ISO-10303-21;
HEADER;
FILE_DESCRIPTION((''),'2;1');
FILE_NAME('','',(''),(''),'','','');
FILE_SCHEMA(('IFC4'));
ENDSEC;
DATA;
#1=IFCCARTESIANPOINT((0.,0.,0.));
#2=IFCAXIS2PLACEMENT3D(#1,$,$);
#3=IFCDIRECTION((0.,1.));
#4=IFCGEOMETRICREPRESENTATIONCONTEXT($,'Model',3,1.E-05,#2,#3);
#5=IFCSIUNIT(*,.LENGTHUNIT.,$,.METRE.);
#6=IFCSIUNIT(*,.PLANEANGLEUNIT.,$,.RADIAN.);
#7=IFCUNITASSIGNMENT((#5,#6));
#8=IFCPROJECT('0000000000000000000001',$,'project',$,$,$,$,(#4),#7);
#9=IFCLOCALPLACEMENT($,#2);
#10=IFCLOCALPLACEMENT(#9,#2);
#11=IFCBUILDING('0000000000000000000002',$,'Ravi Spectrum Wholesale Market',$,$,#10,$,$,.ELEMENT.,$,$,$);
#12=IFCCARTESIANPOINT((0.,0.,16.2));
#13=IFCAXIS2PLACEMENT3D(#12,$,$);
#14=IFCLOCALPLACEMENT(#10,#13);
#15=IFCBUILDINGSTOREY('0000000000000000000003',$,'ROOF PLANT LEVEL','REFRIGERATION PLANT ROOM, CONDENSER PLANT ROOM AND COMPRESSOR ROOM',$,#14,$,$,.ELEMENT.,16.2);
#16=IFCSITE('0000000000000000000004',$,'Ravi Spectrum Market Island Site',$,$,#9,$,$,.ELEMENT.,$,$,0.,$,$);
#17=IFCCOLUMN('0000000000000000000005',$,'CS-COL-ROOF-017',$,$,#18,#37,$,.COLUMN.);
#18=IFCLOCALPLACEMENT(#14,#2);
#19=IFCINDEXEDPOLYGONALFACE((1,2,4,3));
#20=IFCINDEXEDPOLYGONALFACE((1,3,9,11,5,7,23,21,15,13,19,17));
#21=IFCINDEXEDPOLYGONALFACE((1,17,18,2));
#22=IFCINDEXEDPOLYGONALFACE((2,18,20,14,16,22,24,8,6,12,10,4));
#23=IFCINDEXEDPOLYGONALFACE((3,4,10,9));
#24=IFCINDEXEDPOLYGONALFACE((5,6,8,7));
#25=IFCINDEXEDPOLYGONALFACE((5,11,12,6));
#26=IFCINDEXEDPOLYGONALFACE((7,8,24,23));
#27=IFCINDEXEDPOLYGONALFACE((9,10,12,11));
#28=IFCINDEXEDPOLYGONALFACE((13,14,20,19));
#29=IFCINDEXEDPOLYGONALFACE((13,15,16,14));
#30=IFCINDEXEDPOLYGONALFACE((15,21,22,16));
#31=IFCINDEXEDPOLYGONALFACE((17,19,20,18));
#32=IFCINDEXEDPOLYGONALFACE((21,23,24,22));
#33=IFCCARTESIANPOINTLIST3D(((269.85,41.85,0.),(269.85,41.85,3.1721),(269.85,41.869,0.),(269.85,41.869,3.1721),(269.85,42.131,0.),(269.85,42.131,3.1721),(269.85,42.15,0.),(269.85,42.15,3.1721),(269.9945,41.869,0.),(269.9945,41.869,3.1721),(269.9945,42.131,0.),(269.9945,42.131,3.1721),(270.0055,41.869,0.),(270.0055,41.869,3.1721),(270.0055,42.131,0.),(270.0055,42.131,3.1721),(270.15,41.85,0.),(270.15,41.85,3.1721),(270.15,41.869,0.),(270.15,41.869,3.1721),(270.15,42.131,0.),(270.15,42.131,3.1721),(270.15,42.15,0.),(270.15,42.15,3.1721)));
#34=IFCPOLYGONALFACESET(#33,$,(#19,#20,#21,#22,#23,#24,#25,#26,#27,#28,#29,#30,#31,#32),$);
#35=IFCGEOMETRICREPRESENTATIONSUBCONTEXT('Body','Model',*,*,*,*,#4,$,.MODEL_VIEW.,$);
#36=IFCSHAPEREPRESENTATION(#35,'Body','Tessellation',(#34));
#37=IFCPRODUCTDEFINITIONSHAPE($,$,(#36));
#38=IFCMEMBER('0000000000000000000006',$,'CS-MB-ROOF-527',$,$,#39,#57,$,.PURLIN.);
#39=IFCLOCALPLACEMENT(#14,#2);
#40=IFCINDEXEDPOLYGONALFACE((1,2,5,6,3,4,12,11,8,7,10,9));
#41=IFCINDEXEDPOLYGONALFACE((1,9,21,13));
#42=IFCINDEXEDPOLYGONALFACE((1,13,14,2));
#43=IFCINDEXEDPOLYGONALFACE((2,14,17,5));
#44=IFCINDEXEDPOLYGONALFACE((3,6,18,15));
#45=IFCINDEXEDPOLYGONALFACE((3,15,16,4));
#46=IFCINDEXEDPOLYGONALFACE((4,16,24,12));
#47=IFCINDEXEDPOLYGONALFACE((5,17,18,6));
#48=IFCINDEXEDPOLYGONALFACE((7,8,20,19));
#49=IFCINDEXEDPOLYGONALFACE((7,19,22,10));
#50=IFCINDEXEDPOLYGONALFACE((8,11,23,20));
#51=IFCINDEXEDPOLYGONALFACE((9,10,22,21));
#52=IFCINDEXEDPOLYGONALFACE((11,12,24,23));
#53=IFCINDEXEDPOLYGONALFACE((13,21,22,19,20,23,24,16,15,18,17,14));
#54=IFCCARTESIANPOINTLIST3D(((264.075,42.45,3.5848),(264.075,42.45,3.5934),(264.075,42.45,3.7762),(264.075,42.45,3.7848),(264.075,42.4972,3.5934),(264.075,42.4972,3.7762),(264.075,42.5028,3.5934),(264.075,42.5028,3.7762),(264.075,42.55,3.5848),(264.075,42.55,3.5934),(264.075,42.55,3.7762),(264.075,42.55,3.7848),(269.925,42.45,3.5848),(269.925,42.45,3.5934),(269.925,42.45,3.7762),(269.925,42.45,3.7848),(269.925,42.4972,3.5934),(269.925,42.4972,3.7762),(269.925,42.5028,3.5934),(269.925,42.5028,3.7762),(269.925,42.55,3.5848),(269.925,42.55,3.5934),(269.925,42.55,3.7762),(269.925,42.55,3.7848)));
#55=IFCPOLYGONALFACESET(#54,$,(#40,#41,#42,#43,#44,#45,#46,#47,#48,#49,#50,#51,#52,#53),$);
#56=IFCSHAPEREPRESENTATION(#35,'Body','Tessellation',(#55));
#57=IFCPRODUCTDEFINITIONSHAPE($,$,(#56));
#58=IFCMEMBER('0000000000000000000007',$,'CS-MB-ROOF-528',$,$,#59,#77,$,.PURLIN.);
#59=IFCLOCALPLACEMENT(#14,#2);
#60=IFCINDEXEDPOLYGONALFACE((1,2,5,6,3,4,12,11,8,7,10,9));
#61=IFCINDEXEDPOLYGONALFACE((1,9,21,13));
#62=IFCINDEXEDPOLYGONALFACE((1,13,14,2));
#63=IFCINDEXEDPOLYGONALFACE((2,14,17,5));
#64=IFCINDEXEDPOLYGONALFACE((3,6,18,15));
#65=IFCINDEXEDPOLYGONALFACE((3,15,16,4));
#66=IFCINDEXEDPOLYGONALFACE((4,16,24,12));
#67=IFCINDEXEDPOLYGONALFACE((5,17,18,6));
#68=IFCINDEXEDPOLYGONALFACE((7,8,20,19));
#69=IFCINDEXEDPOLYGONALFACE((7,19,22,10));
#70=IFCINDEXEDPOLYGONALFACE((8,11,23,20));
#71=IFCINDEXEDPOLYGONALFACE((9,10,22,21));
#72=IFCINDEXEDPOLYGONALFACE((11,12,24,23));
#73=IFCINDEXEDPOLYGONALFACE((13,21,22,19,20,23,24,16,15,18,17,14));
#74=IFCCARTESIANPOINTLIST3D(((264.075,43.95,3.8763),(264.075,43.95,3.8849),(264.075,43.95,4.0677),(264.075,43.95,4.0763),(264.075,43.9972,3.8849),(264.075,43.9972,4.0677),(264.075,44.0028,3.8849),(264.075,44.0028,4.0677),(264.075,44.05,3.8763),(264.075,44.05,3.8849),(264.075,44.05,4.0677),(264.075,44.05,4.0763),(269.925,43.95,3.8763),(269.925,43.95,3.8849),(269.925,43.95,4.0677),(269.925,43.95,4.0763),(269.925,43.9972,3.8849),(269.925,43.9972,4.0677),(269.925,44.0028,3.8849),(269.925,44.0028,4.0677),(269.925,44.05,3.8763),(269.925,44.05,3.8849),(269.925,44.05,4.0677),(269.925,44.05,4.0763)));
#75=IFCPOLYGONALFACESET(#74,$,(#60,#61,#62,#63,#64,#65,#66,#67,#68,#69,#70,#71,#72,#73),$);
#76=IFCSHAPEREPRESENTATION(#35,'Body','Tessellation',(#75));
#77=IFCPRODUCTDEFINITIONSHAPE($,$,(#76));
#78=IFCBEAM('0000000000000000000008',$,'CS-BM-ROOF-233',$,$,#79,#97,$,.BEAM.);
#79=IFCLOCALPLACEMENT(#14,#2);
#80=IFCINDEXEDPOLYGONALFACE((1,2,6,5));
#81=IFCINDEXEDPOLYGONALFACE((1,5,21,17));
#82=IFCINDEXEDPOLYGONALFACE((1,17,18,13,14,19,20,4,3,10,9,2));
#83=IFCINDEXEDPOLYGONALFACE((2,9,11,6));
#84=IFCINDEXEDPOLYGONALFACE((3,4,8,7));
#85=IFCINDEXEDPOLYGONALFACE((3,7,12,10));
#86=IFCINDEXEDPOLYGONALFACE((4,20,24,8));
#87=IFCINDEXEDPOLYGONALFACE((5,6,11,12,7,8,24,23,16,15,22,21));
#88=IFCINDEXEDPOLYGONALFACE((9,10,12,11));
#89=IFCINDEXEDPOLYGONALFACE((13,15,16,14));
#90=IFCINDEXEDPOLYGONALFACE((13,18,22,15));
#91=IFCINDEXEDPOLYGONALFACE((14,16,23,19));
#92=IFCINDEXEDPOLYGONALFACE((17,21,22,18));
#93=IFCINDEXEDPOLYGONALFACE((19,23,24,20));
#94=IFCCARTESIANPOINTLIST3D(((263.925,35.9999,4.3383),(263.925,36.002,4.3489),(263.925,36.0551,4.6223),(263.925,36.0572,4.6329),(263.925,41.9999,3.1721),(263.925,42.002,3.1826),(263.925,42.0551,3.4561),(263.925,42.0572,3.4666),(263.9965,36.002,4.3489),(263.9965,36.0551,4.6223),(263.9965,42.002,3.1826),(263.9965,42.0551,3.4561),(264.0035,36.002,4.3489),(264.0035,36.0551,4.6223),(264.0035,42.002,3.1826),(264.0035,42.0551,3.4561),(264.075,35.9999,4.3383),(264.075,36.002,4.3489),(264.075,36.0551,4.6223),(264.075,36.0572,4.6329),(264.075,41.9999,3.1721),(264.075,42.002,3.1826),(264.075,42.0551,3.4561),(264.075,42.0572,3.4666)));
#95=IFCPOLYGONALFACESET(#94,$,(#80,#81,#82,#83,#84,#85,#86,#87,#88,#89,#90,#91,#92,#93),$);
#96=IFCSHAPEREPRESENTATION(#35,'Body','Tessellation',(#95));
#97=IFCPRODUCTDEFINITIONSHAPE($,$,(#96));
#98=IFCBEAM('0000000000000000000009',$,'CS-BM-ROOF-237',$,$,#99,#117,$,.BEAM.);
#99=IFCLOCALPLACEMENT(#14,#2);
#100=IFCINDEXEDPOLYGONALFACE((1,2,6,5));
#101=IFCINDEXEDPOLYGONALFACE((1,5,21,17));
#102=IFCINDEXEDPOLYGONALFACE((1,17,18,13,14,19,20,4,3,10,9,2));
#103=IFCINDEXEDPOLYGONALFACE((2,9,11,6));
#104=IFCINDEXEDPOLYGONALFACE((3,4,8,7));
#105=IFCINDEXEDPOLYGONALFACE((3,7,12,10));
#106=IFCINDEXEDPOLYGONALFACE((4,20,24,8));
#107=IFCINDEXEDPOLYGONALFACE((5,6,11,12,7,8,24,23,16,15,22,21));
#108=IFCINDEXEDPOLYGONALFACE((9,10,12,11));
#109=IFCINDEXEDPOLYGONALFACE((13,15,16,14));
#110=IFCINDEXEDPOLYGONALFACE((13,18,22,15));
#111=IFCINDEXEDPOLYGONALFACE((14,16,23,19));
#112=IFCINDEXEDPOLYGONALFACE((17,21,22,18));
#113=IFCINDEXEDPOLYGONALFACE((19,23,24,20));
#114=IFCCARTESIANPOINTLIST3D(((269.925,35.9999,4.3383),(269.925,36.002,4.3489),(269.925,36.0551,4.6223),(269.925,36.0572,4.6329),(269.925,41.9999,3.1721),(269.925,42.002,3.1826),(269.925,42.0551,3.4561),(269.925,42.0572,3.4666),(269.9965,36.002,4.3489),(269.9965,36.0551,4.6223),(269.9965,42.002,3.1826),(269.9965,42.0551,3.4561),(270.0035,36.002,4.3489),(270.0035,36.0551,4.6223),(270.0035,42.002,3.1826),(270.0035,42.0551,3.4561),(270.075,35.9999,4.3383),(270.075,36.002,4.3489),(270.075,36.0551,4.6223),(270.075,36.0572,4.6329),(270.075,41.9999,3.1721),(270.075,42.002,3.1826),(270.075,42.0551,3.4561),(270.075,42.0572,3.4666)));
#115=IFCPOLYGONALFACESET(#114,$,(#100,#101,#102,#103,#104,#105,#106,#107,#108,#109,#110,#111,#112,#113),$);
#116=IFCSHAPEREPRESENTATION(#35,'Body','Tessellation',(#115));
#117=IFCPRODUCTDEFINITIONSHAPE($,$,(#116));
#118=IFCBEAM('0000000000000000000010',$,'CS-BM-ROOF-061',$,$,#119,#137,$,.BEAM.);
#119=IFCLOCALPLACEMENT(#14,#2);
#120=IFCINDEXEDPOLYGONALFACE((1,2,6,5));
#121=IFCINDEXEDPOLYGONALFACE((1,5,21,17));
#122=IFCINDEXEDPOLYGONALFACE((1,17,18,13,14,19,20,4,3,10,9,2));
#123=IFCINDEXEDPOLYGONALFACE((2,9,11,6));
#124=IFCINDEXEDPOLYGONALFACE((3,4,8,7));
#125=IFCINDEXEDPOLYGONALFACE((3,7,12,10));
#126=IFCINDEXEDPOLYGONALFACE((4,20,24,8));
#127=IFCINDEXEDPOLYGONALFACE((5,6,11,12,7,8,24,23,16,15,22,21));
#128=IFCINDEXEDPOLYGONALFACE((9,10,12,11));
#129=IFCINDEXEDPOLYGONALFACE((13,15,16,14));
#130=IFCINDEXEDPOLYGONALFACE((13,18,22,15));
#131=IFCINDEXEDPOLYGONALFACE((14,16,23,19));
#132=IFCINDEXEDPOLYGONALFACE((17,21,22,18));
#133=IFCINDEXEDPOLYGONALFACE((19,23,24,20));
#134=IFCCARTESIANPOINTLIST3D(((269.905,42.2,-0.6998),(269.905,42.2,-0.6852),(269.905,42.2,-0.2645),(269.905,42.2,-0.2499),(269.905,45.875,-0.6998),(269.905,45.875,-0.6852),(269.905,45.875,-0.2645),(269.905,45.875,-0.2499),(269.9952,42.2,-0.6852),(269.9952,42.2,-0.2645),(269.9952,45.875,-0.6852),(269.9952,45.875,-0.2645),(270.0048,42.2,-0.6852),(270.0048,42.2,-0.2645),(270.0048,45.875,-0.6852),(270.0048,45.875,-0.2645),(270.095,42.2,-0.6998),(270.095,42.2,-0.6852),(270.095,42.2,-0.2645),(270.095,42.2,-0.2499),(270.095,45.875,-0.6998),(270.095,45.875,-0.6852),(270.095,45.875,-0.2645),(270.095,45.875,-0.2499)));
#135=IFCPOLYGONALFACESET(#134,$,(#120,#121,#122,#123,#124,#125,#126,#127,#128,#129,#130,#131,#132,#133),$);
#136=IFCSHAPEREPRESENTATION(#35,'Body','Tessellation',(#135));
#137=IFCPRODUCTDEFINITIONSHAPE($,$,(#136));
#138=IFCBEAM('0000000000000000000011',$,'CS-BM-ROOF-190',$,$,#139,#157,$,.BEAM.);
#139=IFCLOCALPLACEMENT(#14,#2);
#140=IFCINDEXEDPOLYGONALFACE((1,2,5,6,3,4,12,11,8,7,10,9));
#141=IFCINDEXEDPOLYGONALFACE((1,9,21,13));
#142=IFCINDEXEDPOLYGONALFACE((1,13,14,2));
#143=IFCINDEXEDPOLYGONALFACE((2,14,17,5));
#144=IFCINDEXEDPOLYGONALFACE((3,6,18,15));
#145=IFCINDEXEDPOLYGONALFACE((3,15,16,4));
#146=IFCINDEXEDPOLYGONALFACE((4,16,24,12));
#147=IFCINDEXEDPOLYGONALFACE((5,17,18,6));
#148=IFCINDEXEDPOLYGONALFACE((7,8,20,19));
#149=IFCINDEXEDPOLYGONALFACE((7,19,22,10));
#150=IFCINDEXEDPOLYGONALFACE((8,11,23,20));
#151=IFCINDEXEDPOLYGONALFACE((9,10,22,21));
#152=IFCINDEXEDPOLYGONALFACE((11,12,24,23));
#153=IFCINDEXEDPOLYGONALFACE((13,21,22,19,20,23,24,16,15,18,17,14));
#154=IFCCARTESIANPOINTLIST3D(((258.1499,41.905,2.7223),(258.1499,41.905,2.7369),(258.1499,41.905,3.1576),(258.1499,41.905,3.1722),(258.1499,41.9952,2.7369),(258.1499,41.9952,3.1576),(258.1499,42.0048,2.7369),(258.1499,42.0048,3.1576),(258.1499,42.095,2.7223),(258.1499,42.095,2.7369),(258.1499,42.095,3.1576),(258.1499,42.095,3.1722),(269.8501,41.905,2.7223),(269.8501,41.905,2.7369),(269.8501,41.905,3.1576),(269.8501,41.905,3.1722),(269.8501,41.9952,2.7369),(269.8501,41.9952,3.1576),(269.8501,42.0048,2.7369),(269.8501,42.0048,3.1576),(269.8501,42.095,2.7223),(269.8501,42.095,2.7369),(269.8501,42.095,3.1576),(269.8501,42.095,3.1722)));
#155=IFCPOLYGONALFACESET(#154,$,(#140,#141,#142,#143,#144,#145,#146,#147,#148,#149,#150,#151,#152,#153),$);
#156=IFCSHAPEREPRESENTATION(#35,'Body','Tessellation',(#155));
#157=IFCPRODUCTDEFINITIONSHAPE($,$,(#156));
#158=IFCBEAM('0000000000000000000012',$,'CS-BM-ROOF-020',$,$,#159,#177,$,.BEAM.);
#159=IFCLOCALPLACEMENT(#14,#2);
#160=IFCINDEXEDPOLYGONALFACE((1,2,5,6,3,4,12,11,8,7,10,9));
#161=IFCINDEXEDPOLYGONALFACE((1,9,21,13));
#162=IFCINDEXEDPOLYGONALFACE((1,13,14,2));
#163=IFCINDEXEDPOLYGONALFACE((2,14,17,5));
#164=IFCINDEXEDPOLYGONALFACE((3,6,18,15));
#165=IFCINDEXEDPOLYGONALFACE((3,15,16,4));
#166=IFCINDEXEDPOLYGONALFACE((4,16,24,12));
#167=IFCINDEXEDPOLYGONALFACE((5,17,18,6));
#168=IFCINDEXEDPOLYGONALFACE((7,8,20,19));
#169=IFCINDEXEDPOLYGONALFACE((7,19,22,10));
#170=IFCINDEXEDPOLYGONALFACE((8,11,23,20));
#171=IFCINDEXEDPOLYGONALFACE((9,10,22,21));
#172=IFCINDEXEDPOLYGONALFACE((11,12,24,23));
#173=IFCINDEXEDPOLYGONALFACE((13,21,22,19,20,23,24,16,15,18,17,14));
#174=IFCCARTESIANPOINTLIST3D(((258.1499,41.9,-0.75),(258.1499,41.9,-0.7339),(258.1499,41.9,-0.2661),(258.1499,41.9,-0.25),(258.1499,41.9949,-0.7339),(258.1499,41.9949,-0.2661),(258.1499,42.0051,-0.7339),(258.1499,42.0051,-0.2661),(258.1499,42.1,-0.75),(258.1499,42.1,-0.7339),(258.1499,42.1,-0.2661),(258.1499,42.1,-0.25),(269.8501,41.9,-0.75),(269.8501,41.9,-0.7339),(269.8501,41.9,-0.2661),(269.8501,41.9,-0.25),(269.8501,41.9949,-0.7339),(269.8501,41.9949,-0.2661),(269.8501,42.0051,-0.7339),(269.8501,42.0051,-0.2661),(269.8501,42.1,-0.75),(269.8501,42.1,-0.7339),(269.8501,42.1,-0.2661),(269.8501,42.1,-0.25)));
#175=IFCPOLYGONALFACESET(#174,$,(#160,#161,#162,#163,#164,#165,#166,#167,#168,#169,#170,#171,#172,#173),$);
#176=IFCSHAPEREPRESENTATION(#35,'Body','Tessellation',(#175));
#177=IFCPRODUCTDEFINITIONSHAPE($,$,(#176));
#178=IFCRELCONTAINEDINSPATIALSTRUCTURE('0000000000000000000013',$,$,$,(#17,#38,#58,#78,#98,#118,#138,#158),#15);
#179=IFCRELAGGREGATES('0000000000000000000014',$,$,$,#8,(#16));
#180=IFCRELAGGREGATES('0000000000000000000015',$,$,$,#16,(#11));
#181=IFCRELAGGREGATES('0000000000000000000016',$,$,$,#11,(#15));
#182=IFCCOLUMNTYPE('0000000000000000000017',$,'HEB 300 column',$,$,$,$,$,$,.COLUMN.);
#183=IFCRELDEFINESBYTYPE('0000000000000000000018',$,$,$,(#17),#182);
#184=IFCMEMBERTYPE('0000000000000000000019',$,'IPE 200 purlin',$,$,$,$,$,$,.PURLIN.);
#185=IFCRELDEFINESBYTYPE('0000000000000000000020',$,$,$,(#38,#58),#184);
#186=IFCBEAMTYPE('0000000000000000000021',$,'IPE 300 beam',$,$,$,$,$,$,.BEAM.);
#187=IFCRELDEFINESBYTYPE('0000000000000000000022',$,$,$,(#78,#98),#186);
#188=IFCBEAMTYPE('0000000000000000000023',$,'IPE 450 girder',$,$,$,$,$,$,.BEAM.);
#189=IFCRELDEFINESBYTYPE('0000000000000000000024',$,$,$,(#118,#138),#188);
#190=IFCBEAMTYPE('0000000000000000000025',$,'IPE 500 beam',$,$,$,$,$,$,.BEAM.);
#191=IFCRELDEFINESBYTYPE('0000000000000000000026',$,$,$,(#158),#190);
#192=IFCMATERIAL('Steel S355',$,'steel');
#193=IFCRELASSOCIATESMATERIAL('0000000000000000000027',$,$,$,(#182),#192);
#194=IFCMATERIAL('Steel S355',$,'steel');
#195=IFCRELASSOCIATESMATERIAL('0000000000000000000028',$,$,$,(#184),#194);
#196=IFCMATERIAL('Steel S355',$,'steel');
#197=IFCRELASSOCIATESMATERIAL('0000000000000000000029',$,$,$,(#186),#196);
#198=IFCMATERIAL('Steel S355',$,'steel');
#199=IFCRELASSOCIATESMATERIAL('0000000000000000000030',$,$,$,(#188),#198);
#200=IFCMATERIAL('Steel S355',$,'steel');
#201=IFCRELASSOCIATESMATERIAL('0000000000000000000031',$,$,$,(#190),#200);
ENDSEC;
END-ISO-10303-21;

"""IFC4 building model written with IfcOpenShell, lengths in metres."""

from ifc_helpers import new_model, si_unit, direction, frame, origin, origin_2d, place, context, subcontext, project, spatial, i_section, extrude, material, material_profile, profile_set, type_object, element, save


model = new_model("IFC4")

# Units and contexts
model_context = context("Model", 3, precision=1e-05, world=origin(), true_north=direction((0.0, 1.0)))
body_context = subcontext(model_context, "Body", "Model", "MODEL_VIEW")
ifc_project = project(units=[si_unit("LENGTHUNIT", "METRE"), si_unit("PLANEANGLEUNIT", "RADIAN")], contexts=[model_context])

# Site, building, storey
site_placement = place(None, origin())
site = spatial("IfcSite", under=ifc_project, at=site_placement, Name="Ravi Spectrum Market Island Site", CompositionType="ELEMENT", RefElevation=0.0)
building_placement = place(site_placement, origin())
building = spatial("IfcBuilding", under=site, at=building_placement, Name="Ravi Spectrum Wholesale Market", CompositionType="ELEMENT")
storey_placement = place(building_placement, frame((0.0, 0.0, 16.2)))
storey = spatial("IfcBuildingStorey", under=building, at=storey_placement, Name="ROOF PLANT LEVEL", Description="REFRIGERATION PLANT ROOM, CONDENSER PLANT ROOM AND COMPRESSOR ROOM", CompositionType="ELEMENT", Elevation=16.2)

# Column
ifc_material_1 = material(Name="Steel S355", Category="steel")
ifc_material_profile_1 = material_profile(ifc_material_1, i_section(OverallWidth=0.3, OverallDepth=0.3, WebThickness=0.011, FlangeThickness=0.019, at=origin_2d()))
ifc_profile_set_1 = profile_set([ifc_material_profile_1], Name="Steel S355")
column_type = type_object("IfcColumnType", Name="HEB 300 column", PredefinedType="COLUMN", material=ifc_profile_set_1)
column_placement = place(storey_placement, frame((270.0, 42.0, 0.0), z_axis=(0.0, 0.0, 1.0), x_axis=(1.0, 0.0, 0.0)))
element("IfcColumn", 1, at=column_placement, inside=storey, type_object=column_type, Name="CS-COL-ROOF-017", PredefinedType="COLUMN", context=body_context, shape_type="SweptSolid", body=[
    extrude(i_section(OverallWidth=0.3, OverallDepth=0.3, WebThickness=0.011, FlangeThickness=0.019, at=origin_2d()), origin(), (0.0, 0.0, 1.0), 3.1721),
])

# Members
ifc_material_2 = material(Name="Steel S355", Category="steel")
ifc_material_profile_2 = material_profile(ifc_material_2, i_section(OverallWidth=0.1001, OverallDepth=0.2, WebThickness=0.0056, FlangeThickness=0.0085, at=origin_2d()))
ifc_profile_set_2 = profile_set([ifc_material_profile_2], Name="Steel S355")
member_type_1 = type_object("IfcMemberType", Name="IPE 200 purlin", PredefinedType="PURLIN", material=ifc_profile_set_2)
for number, where, z_axis, x_axis, name in (
    (2, (264.075, 42.5, 3.6848), (1.0, 0.0, 0.0), (0.0, 1.0, 0.0), "CS-MB-ROOF-527"),
    (3, (264.075, 44.0, 3.9763), (1.0, 0.0, 0.0), (0.0, 1.0, 0.0), "CS-MB-ROOF-528"),
):
    element("IfcMember", number, at=place(storey_placement, frame(where, z_axis=z_axis, x_axis=x_axis)), inside=storey, type_object=member_type_1, Name=name, PredefinedType="PURLIN", context=body_context, shape_type="SweptSolid", body=[
        extrude(i_section(OverallWidth=0.1001, OverallDepth=0.2, WebThickness=0.0056, FlangeThickness=0.0085, at=origin_2d()), origin(), (0.0, 0.0, 1.0), 5.8501),
    ])

# Beams
ifc_material_3 = material(Name="Steel S355", Category="steel")
ifc_material_profile_3 = material_profile(ifc_material_3, i_section(OverallWidth=0.1499, OverallDepth=0.3, WebThickness=0.0071, FlangeThickness=0.0107, at=origin_2d()))
ifc_profile_set_3 = profile_set([ifc_material_profile_3], Name="Steel S355")
beam_type_1 = type_object("IfcBeamType", Name="IPE 300 beam", PredefinedType="BEAM", material=ifc_profile_set_3)
for number, where, z_axis, x_axis, name in (
    (4, (264.0, 42.0286, 3.3193), (0.0, -0.981628, 0.190806), (1.0, 0.0, 0.0), "CS-BM-ROOF-233"),
    (5, (270.0, 42.0286, 3.3193), (0.0, -0.981628, 0.190806), (1.0, 0.0, 0.0), "CS-BM-ROOF-237"),
):
    element("IfcBeam", number, at=place(storey_placement, frame(where, z_axis=z_axis, x_axis=x_axis)), inside=storey, type_object=beam_type_1, Name=name, PredefinedType="BEAM", context=body_context, shape_type="SweptSolid", body=[
        extrude(i_section(OverallWidth=0.1499, OverallDepth=0.3, WebThickness=0.0071, FlangeThickness=0.0107, at=origin_2d()), origin(), (0.0, 0.0, 1.0), 6.1123),
    ])
ifc_material_4 = material(Name="Steel S355", Category="steel")
ifc_material_profile_4 = material_profile(ifc_material_4, i_section(OverallWidth=0.1899, OverallDepth=0.45, WebThickness=0.0095, FlangeThickness=0.0146, at=origin_2d()))
ifc_profile_set_4 = profile_set([ifc_material_profile_4], Name="Steel S355")
beam_type_2 = type_object("IfcBeamType", Name="IPE 450 girder", PredefinedType="BEAM", material=ifc_profile_set_4)
beam_1_placement = place(storey_placement, frame((270.0, 42.2, -0.4749), z_axis=(0.0, 1.0, 0.0), x_axis=(-1.0, 0.0, 0.0)))
element("IfcBeam", 6, at=beam_1_placement, inside=storey, type_object=beam_type_2, Name="CS-BM-ROOF-061", PredefinedType="BEAM", context=body_context, shape_type="SweptSolid", body=[
    extrude(i_section(OverallWidth=0.1899, OverallDepth=0.45, WebThickness=0.0095, FlangeThickness=0.0146, at=origin_2d()), origin(), (0.0, 0.0, 1.0), 3.675),
])
beam_2_placement = place(storey_placement, frame((258.1499, 42.0, 2.9473), z_axis=(1.0, 0.0, 0.0), x_axis=(0.0, 1.0, 0.0)))
element("IfcBeam", 7, at=beam_2_placement, inside=storey, type_object=beam_type_2, Name="CS-BM-ROOF-190", PredefinedType="BEAM", context=body_context, shape_type="SweptSolid", body=[
    extrude(i_section(OverallWidth=0.1899, OverallDepth=0.45, WebThickness=0.0095, FlangeThickness=0.0146, at=origin_2d()), origin(), (0.0, 0.0, 1.0), 11.7002),
])
ifc_material_5 = material(Name="Steel S355", Category="steel")
ifc_material_profile_5 = material_profile(ifc_material_5, i_section(OverallWidth=0.2, OverallDepth=0.5, WebThickness=0.0103, FlangeThickness=0.0161, at=origin_2d()))
ifc_profile_set_5 = profile_set([ifc_material_profile_5], Name="Steel S355")
beam_type_3 = type_object("IfcBeamType", Name="IPE 500 beam", PredefinedType="BEAM", material=ifc_profile_set_5)
beam_3_placement = place(storey_placement, frame((258.1499, 42.0, -0.5), z_axis=(1.0, 0.0, 0.0), x_axis=(0.0, 1.0, 0.0)))
element("IfcBeam", 8, at=beam_3_placement, inside=storey, type_object=beam_type_3, Name="CS-BM-ROOF-020", PredefinedType="BEAM", context=body_context, shape_type="SweptSolid", body=[
    extrude(i_section(OverallWidth=0.2, OverallDepth=0.5, WebThickness=0.0103, FlangeThickness=0.0161, at=origin_2d()), origin(), (0.0, 0.0, 1.0), 11.7002),
])

save(model, "model.ifc")
